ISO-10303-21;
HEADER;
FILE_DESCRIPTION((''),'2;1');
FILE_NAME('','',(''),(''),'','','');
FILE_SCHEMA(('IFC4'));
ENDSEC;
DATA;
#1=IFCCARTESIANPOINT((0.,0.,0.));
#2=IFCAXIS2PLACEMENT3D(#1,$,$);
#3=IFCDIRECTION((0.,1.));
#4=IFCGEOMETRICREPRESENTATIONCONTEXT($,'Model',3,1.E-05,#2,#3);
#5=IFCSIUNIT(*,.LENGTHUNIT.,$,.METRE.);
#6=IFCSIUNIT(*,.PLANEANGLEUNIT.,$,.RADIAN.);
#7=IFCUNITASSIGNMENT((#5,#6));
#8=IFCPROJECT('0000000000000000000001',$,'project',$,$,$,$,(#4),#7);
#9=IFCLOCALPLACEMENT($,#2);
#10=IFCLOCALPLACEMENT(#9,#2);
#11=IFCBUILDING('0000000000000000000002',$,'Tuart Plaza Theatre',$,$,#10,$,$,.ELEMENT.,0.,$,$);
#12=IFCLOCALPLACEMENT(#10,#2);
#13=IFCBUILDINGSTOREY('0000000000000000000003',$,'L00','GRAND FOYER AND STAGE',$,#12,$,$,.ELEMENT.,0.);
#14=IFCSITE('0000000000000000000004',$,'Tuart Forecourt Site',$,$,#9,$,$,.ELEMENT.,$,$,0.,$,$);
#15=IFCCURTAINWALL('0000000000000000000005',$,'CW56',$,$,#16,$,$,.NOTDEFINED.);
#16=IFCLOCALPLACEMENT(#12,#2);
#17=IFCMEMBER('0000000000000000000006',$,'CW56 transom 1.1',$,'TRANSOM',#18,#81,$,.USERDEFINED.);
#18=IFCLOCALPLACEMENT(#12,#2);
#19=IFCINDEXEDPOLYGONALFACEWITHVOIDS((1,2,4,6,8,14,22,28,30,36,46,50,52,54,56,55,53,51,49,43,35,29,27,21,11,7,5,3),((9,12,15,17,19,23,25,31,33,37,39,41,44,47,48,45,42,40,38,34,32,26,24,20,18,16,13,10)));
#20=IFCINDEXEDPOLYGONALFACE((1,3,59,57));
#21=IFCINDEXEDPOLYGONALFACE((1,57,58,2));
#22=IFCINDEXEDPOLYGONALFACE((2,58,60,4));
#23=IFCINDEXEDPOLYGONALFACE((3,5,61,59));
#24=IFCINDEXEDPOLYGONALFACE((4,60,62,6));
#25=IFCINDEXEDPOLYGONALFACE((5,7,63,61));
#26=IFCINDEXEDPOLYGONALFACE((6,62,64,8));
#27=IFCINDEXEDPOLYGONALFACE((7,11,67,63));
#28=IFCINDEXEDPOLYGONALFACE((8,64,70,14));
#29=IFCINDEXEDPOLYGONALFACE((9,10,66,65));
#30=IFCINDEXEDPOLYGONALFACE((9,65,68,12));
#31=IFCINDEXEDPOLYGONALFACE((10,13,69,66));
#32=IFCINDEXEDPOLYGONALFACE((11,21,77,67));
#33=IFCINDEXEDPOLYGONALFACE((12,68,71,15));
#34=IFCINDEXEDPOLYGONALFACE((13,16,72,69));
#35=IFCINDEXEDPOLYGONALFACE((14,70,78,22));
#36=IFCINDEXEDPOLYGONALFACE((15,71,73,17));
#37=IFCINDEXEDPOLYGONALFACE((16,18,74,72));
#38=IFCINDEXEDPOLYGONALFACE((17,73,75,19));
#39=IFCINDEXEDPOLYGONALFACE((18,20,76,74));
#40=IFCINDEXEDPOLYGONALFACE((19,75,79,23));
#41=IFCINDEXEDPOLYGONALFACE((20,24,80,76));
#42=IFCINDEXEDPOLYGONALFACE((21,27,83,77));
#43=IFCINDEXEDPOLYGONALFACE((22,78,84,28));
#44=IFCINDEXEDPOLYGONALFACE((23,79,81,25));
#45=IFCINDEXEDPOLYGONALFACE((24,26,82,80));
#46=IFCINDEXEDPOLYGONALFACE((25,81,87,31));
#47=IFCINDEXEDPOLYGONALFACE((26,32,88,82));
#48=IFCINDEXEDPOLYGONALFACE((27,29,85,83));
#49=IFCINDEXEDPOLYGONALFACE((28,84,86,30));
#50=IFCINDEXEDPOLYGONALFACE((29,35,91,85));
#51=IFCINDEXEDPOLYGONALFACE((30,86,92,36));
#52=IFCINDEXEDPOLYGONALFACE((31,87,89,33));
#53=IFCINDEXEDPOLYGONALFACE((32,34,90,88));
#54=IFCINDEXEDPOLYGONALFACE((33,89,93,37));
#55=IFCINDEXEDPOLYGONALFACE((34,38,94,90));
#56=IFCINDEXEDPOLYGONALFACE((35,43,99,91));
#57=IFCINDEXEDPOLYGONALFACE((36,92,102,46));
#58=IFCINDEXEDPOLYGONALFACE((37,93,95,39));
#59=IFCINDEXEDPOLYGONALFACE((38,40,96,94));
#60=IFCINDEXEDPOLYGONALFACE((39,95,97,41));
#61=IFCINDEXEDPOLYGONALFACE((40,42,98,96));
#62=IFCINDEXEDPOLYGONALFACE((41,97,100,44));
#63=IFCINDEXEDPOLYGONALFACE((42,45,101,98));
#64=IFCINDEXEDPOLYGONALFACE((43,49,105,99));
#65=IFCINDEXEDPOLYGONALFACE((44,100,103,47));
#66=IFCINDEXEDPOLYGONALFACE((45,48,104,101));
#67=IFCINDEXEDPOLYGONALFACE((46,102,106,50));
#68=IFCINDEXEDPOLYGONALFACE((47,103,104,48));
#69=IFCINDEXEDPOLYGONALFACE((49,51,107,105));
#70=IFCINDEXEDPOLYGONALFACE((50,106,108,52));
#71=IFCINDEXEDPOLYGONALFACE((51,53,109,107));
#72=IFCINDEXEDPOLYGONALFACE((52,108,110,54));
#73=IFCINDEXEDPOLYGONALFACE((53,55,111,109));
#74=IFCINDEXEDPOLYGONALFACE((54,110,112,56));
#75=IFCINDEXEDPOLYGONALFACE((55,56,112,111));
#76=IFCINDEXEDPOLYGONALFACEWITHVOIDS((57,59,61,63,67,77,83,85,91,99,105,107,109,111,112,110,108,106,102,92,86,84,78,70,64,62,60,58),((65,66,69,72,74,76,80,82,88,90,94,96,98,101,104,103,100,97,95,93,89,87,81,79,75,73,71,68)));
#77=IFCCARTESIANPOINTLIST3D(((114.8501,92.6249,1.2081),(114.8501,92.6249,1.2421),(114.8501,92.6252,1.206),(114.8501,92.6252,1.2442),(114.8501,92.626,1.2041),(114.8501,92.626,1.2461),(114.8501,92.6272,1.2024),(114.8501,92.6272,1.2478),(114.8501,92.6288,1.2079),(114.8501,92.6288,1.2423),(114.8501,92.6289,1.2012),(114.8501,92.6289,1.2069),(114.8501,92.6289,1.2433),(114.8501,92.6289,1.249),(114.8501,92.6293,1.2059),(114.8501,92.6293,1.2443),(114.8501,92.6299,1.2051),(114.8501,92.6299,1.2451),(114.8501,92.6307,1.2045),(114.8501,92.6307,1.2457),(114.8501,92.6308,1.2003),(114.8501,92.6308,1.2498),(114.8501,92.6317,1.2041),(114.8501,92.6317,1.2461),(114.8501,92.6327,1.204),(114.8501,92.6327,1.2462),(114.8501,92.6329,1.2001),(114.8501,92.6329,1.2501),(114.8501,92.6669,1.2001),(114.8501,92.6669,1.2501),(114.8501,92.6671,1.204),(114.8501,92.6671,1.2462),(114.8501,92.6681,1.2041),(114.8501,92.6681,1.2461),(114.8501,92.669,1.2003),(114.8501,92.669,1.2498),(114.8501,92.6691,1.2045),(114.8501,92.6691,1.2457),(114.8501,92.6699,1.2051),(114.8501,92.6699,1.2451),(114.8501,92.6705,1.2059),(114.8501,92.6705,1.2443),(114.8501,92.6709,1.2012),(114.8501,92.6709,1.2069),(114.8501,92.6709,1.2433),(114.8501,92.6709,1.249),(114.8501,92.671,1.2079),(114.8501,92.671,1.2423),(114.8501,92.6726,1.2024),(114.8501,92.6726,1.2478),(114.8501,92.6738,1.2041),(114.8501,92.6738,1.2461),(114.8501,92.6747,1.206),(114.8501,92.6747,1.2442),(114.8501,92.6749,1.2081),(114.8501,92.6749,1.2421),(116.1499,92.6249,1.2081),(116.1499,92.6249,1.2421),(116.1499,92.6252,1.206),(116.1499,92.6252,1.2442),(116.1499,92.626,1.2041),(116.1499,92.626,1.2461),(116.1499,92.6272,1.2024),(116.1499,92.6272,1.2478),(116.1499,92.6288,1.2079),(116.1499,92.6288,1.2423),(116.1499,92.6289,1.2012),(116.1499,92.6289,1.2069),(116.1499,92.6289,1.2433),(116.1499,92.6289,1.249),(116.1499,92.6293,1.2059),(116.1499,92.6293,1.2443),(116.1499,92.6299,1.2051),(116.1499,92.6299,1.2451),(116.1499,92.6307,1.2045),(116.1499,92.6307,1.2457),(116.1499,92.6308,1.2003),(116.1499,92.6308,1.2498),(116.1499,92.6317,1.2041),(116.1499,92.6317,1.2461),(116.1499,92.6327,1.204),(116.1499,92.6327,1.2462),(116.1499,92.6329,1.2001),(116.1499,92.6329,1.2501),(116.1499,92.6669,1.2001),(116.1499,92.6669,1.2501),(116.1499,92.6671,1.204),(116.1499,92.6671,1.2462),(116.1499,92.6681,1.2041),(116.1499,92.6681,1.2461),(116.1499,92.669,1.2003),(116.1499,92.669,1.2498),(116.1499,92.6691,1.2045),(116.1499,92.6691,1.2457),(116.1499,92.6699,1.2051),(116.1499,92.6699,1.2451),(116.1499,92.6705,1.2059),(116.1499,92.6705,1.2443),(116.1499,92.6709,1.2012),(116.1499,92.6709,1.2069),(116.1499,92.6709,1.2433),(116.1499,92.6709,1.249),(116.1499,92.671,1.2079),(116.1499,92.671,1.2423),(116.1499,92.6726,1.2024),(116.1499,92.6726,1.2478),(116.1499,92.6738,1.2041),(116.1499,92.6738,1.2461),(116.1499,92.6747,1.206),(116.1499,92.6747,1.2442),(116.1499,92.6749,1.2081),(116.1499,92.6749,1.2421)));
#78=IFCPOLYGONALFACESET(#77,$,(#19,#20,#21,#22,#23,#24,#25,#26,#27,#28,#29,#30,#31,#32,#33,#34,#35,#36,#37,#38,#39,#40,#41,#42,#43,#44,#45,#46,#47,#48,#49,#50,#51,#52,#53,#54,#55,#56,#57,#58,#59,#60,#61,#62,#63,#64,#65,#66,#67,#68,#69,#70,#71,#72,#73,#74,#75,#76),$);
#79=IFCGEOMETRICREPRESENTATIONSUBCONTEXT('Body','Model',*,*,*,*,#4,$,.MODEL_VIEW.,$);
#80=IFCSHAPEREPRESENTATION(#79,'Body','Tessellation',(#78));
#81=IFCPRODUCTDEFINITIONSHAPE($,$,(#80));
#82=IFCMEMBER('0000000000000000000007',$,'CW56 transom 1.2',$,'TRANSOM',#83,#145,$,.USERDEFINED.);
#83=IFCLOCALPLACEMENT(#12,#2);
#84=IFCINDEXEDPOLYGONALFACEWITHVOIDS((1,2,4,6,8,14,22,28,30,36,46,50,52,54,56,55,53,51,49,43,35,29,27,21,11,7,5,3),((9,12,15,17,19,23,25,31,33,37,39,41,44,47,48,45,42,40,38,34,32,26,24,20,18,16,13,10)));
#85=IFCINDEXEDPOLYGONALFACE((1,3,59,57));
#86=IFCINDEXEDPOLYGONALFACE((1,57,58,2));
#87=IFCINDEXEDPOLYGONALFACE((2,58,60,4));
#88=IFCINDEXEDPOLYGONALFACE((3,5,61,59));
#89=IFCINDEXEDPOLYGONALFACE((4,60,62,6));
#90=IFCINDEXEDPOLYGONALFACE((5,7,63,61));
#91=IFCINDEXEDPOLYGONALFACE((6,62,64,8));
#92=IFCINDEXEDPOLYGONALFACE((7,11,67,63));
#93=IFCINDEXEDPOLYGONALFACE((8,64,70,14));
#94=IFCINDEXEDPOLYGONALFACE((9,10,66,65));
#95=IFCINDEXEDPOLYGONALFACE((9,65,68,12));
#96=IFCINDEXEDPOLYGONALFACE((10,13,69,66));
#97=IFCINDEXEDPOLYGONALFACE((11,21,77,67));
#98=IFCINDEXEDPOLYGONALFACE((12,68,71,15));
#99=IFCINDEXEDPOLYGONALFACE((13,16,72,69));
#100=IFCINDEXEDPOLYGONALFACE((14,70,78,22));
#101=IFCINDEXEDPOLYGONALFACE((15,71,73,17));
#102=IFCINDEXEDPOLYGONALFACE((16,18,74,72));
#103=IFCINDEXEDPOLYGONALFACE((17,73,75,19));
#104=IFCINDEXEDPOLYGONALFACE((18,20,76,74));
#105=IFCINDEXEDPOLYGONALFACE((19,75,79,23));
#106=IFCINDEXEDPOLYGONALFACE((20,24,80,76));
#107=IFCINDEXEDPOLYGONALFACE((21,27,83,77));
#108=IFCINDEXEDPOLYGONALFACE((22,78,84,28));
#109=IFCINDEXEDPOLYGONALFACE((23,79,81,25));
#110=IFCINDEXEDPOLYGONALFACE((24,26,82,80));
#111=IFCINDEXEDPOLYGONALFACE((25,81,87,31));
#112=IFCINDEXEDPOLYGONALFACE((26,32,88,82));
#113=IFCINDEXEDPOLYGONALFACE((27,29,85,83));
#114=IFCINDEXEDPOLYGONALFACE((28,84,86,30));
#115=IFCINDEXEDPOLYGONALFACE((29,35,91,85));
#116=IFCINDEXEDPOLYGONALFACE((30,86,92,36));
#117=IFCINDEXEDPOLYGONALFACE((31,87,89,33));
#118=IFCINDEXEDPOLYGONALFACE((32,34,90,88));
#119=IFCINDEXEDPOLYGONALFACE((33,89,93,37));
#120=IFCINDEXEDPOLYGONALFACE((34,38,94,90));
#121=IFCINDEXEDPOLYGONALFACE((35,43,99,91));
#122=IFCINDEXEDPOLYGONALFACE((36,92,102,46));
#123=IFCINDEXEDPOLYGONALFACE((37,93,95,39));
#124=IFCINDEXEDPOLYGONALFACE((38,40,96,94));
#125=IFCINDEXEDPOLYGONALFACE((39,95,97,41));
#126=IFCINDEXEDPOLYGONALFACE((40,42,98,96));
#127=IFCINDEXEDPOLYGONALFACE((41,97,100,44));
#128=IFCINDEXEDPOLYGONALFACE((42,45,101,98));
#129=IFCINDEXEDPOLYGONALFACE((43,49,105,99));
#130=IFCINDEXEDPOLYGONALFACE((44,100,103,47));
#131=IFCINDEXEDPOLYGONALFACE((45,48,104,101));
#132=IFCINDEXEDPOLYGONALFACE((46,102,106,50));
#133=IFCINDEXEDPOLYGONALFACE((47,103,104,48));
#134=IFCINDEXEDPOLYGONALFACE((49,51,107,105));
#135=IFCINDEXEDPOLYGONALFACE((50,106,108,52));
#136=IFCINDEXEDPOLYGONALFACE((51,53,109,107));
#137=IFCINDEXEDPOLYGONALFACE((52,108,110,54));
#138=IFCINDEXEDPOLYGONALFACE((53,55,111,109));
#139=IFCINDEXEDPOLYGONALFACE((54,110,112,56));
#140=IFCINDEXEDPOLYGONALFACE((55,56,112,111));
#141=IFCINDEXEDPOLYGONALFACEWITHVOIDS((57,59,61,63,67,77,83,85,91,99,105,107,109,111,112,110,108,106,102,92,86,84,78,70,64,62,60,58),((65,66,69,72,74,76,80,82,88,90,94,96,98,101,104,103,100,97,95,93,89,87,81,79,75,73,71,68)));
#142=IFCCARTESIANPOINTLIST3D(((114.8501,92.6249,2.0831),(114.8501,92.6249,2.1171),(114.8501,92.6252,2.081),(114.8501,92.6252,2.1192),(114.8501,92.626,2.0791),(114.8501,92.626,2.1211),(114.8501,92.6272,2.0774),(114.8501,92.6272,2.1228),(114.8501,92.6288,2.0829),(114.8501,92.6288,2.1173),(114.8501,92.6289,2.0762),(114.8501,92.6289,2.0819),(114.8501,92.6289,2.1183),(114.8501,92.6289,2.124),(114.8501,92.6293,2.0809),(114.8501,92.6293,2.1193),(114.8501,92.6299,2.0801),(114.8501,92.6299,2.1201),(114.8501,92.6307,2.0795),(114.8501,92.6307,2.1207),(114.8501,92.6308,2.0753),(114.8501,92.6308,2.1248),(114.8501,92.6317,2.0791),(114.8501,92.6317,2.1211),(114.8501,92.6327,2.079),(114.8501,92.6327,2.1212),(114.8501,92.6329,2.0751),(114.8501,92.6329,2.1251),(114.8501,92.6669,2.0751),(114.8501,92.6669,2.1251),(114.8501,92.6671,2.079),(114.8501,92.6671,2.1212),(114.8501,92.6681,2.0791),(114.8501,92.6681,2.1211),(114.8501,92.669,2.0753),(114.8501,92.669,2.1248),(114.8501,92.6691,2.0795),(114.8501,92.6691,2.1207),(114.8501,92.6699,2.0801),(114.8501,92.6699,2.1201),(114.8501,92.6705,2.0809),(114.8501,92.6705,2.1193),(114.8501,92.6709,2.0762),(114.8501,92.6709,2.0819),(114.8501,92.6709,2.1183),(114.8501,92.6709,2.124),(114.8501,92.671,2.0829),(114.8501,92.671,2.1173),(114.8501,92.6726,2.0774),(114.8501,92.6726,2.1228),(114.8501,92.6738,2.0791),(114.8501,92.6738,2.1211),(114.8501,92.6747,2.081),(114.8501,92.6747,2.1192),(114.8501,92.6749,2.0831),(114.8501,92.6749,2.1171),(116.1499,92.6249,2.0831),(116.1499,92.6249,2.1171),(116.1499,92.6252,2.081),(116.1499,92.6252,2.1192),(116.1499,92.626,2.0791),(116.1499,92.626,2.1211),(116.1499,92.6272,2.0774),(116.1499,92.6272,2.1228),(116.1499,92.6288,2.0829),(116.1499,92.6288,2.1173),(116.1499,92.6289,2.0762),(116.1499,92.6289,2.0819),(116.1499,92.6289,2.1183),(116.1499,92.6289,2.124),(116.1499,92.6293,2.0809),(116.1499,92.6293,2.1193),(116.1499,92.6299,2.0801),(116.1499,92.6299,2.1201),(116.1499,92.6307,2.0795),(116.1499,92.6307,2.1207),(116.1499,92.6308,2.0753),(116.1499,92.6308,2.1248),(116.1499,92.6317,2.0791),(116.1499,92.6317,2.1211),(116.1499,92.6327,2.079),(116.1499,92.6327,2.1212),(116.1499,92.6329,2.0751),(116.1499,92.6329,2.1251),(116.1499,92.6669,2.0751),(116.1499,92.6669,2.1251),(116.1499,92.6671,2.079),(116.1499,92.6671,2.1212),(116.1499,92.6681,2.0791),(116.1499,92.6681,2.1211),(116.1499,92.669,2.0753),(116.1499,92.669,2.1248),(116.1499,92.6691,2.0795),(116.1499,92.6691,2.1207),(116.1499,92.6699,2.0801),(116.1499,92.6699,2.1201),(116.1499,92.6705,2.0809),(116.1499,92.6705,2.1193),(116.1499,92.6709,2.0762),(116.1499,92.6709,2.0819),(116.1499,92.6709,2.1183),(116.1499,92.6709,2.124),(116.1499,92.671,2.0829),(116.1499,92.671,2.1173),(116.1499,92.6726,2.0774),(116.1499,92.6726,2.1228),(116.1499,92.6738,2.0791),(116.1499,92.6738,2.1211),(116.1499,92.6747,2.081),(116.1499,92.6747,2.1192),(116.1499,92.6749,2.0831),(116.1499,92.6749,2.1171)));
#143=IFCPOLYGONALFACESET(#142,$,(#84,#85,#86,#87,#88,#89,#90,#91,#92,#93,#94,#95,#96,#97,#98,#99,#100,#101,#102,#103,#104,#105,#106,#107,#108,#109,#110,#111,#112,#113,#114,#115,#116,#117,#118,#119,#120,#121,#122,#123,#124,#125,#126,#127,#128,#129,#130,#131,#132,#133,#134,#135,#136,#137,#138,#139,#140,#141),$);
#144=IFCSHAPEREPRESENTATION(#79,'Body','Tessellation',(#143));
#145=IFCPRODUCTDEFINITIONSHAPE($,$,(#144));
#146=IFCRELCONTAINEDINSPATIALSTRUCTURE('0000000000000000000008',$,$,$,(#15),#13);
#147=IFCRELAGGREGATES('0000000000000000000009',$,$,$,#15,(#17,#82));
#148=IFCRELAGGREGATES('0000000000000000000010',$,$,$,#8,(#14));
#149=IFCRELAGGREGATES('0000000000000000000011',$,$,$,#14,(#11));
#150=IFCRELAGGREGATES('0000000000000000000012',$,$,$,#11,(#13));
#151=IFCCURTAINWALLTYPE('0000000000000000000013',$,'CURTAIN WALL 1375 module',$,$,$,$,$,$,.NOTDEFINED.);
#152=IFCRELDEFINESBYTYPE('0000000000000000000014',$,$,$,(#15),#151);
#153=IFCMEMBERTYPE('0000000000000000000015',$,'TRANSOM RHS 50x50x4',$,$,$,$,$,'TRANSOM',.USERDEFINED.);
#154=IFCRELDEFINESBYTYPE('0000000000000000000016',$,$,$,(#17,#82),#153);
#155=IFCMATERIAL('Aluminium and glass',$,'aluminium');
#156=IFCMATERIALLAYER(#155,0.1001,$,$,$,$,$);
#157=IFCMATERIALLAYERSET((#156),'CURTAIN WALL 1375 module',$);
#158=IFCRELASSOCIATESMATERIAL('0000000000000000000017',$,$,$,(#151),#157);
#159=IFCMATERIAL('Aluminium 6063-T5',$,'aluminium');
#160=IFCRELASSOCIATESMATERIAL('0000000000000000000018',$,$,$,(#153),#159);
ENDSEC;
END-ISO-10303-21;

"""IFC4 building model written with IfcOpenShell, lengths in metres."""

from ifc_helpers import new_model, si_unit, direction, frame, origin, origin_2d, place, context, subcontext, project, spatial, hollow_rectangle, extrude, material, layer, layer_set, material_profile, profile_set, type_object, element, aggregate, save


model = new_model("IFC4")

# Units and contexts
model_context = context("Model", 3, precision=1e-05, world=origin(), true_north=direction((0.0, 1.0)))
body_context = subcontext(model_context, "Body", "Model", "MODEL_VIEW")
ifc_project = project(units=[si_unit("LENGTHUNIT", "METRE"), si_unit("PLANEANGLEUNIT", "RADIAN")], contexts=[model_context])

# Site, building, storey
site_placement = place(None, origin())
site = spatial("IfcSite", under=ifc_project, at=site_placement, Name="Tuart Forecourt Site", CompositionType="ELEMENT", RefElevation=0.0)
building_placement = place(site_placement, origin())
building = spatial("IfcBuilding", under=site, at=building_placement, Name="Tuart Plaza Theatre", CompositionType="ELEMENT", ElevationOfRefHeight=0.0)
storey_placement = place(building_placement, origin())
storey = spatial("IfcBuildingStorey", under=building, at=storey_placement, Name="L00", Description="GRAND FOYER AND STAGE", CompositionType="ELEMENT", Elevation=0.0)

# Curtain wall
ifc_material_1 = material(Name="Aluminium and glass", Category="aluminium")
ifc_layer_1 = layer(ifc_material_1, 0.1001)
ifc_layer_set_1 = layer_set([ifc_layer_1], Name="CURTAIN WALL 1375 module")
curtain_wall_type_1 = type_object("IfcCurtainWallType", Name="CURTAIN WALL 1375 module", PredefinedType="NOTDEFINED", material=ifc_layer_set_1)
curtain_wall_1_placement = place(storey_placement, origin())
curtain_wall_1 = element("IfcCurtainWall", 1, at=curtain_wall_1_placement, inside=storey, type_object=curtain_wall_type_1, Name="CW56", PredefinedType="NOTDEFINED")

# Members
ifc_material_2 = material(Name="Aluminium 6063-T5", Category="aluminium")
ifc_material_profile_1 = material_profile(ifc_material_2, hollow_rectangle(XDim=0.05, YDim=0.05, WallThickness=0.0039, InnerFilletRadius=0.0039, OuterFilletRadius=0.0081, at=origin_2d()), Name="RHS 50x50x4")
ifc_profile_set_1 = profile_set([ifc_material_profile_1], Name="Aluminium 6063-T5")
member_type_1 = type_object("IfcMemberType", Name="TRANSOM RHS 50x50x4", ElementType="TRANSOM", PredefinedType="USERDEFINED", material=ifc_profile_set_1)
member_1_placement = place(storey_placement, frame((116.1499, 92.6499, 1.2251), z_axis=(-1.0, 0.0, 0.0), x_axis=(0.0, -1.0, 0.0)))
member_1 = element("IfcMember", 2, at=member_1_placement, type_object=member_type_1, Name="CW56 transom 1.1", ObjectType="TRANSOM", PredefinedType="USERDEFINED", context=body_context, shape_type="SweptSolid", body=[
    extrude(hollow_rectangle(XDim=0.05, YDim=0.05, WallThickness=0.0039, InnerFilletRadius=0.0039, OuterFilletRadius=0.0081, at=origin_2d()), origin(), (0.0, 0.0, 1.0), 1.2998),
])
member_2_placement = place(storey_placement, frame((116.1499, 92.6499, 2.1001), z_axis=(-1.0, 0.0, 0.0), x_axis=(0.0, -1.0, 0.0)))
member_2 = element("IfcMember", 3, at=member_2_placement, type_object=member_type_1, Name="CW56 transom 1.2", ObjectType="TRANSOM", PredefinedType="USERDEFINED", context=body_context, shape_type="SweptSolid", body=[
    extrude(hollow_rectangle(XDim=0.05, YDim=0.05, WallThickness=0.0039, InnerFilletRadius=0.0039, OuterFilletRadius=0.0081, at=origin_2d()), origin(), (0.0, 0.0, 1.0), 1.2998),
])

aggregate(curtain_wall_1, [member_1, member_2])

save(model, "model.ifc")
